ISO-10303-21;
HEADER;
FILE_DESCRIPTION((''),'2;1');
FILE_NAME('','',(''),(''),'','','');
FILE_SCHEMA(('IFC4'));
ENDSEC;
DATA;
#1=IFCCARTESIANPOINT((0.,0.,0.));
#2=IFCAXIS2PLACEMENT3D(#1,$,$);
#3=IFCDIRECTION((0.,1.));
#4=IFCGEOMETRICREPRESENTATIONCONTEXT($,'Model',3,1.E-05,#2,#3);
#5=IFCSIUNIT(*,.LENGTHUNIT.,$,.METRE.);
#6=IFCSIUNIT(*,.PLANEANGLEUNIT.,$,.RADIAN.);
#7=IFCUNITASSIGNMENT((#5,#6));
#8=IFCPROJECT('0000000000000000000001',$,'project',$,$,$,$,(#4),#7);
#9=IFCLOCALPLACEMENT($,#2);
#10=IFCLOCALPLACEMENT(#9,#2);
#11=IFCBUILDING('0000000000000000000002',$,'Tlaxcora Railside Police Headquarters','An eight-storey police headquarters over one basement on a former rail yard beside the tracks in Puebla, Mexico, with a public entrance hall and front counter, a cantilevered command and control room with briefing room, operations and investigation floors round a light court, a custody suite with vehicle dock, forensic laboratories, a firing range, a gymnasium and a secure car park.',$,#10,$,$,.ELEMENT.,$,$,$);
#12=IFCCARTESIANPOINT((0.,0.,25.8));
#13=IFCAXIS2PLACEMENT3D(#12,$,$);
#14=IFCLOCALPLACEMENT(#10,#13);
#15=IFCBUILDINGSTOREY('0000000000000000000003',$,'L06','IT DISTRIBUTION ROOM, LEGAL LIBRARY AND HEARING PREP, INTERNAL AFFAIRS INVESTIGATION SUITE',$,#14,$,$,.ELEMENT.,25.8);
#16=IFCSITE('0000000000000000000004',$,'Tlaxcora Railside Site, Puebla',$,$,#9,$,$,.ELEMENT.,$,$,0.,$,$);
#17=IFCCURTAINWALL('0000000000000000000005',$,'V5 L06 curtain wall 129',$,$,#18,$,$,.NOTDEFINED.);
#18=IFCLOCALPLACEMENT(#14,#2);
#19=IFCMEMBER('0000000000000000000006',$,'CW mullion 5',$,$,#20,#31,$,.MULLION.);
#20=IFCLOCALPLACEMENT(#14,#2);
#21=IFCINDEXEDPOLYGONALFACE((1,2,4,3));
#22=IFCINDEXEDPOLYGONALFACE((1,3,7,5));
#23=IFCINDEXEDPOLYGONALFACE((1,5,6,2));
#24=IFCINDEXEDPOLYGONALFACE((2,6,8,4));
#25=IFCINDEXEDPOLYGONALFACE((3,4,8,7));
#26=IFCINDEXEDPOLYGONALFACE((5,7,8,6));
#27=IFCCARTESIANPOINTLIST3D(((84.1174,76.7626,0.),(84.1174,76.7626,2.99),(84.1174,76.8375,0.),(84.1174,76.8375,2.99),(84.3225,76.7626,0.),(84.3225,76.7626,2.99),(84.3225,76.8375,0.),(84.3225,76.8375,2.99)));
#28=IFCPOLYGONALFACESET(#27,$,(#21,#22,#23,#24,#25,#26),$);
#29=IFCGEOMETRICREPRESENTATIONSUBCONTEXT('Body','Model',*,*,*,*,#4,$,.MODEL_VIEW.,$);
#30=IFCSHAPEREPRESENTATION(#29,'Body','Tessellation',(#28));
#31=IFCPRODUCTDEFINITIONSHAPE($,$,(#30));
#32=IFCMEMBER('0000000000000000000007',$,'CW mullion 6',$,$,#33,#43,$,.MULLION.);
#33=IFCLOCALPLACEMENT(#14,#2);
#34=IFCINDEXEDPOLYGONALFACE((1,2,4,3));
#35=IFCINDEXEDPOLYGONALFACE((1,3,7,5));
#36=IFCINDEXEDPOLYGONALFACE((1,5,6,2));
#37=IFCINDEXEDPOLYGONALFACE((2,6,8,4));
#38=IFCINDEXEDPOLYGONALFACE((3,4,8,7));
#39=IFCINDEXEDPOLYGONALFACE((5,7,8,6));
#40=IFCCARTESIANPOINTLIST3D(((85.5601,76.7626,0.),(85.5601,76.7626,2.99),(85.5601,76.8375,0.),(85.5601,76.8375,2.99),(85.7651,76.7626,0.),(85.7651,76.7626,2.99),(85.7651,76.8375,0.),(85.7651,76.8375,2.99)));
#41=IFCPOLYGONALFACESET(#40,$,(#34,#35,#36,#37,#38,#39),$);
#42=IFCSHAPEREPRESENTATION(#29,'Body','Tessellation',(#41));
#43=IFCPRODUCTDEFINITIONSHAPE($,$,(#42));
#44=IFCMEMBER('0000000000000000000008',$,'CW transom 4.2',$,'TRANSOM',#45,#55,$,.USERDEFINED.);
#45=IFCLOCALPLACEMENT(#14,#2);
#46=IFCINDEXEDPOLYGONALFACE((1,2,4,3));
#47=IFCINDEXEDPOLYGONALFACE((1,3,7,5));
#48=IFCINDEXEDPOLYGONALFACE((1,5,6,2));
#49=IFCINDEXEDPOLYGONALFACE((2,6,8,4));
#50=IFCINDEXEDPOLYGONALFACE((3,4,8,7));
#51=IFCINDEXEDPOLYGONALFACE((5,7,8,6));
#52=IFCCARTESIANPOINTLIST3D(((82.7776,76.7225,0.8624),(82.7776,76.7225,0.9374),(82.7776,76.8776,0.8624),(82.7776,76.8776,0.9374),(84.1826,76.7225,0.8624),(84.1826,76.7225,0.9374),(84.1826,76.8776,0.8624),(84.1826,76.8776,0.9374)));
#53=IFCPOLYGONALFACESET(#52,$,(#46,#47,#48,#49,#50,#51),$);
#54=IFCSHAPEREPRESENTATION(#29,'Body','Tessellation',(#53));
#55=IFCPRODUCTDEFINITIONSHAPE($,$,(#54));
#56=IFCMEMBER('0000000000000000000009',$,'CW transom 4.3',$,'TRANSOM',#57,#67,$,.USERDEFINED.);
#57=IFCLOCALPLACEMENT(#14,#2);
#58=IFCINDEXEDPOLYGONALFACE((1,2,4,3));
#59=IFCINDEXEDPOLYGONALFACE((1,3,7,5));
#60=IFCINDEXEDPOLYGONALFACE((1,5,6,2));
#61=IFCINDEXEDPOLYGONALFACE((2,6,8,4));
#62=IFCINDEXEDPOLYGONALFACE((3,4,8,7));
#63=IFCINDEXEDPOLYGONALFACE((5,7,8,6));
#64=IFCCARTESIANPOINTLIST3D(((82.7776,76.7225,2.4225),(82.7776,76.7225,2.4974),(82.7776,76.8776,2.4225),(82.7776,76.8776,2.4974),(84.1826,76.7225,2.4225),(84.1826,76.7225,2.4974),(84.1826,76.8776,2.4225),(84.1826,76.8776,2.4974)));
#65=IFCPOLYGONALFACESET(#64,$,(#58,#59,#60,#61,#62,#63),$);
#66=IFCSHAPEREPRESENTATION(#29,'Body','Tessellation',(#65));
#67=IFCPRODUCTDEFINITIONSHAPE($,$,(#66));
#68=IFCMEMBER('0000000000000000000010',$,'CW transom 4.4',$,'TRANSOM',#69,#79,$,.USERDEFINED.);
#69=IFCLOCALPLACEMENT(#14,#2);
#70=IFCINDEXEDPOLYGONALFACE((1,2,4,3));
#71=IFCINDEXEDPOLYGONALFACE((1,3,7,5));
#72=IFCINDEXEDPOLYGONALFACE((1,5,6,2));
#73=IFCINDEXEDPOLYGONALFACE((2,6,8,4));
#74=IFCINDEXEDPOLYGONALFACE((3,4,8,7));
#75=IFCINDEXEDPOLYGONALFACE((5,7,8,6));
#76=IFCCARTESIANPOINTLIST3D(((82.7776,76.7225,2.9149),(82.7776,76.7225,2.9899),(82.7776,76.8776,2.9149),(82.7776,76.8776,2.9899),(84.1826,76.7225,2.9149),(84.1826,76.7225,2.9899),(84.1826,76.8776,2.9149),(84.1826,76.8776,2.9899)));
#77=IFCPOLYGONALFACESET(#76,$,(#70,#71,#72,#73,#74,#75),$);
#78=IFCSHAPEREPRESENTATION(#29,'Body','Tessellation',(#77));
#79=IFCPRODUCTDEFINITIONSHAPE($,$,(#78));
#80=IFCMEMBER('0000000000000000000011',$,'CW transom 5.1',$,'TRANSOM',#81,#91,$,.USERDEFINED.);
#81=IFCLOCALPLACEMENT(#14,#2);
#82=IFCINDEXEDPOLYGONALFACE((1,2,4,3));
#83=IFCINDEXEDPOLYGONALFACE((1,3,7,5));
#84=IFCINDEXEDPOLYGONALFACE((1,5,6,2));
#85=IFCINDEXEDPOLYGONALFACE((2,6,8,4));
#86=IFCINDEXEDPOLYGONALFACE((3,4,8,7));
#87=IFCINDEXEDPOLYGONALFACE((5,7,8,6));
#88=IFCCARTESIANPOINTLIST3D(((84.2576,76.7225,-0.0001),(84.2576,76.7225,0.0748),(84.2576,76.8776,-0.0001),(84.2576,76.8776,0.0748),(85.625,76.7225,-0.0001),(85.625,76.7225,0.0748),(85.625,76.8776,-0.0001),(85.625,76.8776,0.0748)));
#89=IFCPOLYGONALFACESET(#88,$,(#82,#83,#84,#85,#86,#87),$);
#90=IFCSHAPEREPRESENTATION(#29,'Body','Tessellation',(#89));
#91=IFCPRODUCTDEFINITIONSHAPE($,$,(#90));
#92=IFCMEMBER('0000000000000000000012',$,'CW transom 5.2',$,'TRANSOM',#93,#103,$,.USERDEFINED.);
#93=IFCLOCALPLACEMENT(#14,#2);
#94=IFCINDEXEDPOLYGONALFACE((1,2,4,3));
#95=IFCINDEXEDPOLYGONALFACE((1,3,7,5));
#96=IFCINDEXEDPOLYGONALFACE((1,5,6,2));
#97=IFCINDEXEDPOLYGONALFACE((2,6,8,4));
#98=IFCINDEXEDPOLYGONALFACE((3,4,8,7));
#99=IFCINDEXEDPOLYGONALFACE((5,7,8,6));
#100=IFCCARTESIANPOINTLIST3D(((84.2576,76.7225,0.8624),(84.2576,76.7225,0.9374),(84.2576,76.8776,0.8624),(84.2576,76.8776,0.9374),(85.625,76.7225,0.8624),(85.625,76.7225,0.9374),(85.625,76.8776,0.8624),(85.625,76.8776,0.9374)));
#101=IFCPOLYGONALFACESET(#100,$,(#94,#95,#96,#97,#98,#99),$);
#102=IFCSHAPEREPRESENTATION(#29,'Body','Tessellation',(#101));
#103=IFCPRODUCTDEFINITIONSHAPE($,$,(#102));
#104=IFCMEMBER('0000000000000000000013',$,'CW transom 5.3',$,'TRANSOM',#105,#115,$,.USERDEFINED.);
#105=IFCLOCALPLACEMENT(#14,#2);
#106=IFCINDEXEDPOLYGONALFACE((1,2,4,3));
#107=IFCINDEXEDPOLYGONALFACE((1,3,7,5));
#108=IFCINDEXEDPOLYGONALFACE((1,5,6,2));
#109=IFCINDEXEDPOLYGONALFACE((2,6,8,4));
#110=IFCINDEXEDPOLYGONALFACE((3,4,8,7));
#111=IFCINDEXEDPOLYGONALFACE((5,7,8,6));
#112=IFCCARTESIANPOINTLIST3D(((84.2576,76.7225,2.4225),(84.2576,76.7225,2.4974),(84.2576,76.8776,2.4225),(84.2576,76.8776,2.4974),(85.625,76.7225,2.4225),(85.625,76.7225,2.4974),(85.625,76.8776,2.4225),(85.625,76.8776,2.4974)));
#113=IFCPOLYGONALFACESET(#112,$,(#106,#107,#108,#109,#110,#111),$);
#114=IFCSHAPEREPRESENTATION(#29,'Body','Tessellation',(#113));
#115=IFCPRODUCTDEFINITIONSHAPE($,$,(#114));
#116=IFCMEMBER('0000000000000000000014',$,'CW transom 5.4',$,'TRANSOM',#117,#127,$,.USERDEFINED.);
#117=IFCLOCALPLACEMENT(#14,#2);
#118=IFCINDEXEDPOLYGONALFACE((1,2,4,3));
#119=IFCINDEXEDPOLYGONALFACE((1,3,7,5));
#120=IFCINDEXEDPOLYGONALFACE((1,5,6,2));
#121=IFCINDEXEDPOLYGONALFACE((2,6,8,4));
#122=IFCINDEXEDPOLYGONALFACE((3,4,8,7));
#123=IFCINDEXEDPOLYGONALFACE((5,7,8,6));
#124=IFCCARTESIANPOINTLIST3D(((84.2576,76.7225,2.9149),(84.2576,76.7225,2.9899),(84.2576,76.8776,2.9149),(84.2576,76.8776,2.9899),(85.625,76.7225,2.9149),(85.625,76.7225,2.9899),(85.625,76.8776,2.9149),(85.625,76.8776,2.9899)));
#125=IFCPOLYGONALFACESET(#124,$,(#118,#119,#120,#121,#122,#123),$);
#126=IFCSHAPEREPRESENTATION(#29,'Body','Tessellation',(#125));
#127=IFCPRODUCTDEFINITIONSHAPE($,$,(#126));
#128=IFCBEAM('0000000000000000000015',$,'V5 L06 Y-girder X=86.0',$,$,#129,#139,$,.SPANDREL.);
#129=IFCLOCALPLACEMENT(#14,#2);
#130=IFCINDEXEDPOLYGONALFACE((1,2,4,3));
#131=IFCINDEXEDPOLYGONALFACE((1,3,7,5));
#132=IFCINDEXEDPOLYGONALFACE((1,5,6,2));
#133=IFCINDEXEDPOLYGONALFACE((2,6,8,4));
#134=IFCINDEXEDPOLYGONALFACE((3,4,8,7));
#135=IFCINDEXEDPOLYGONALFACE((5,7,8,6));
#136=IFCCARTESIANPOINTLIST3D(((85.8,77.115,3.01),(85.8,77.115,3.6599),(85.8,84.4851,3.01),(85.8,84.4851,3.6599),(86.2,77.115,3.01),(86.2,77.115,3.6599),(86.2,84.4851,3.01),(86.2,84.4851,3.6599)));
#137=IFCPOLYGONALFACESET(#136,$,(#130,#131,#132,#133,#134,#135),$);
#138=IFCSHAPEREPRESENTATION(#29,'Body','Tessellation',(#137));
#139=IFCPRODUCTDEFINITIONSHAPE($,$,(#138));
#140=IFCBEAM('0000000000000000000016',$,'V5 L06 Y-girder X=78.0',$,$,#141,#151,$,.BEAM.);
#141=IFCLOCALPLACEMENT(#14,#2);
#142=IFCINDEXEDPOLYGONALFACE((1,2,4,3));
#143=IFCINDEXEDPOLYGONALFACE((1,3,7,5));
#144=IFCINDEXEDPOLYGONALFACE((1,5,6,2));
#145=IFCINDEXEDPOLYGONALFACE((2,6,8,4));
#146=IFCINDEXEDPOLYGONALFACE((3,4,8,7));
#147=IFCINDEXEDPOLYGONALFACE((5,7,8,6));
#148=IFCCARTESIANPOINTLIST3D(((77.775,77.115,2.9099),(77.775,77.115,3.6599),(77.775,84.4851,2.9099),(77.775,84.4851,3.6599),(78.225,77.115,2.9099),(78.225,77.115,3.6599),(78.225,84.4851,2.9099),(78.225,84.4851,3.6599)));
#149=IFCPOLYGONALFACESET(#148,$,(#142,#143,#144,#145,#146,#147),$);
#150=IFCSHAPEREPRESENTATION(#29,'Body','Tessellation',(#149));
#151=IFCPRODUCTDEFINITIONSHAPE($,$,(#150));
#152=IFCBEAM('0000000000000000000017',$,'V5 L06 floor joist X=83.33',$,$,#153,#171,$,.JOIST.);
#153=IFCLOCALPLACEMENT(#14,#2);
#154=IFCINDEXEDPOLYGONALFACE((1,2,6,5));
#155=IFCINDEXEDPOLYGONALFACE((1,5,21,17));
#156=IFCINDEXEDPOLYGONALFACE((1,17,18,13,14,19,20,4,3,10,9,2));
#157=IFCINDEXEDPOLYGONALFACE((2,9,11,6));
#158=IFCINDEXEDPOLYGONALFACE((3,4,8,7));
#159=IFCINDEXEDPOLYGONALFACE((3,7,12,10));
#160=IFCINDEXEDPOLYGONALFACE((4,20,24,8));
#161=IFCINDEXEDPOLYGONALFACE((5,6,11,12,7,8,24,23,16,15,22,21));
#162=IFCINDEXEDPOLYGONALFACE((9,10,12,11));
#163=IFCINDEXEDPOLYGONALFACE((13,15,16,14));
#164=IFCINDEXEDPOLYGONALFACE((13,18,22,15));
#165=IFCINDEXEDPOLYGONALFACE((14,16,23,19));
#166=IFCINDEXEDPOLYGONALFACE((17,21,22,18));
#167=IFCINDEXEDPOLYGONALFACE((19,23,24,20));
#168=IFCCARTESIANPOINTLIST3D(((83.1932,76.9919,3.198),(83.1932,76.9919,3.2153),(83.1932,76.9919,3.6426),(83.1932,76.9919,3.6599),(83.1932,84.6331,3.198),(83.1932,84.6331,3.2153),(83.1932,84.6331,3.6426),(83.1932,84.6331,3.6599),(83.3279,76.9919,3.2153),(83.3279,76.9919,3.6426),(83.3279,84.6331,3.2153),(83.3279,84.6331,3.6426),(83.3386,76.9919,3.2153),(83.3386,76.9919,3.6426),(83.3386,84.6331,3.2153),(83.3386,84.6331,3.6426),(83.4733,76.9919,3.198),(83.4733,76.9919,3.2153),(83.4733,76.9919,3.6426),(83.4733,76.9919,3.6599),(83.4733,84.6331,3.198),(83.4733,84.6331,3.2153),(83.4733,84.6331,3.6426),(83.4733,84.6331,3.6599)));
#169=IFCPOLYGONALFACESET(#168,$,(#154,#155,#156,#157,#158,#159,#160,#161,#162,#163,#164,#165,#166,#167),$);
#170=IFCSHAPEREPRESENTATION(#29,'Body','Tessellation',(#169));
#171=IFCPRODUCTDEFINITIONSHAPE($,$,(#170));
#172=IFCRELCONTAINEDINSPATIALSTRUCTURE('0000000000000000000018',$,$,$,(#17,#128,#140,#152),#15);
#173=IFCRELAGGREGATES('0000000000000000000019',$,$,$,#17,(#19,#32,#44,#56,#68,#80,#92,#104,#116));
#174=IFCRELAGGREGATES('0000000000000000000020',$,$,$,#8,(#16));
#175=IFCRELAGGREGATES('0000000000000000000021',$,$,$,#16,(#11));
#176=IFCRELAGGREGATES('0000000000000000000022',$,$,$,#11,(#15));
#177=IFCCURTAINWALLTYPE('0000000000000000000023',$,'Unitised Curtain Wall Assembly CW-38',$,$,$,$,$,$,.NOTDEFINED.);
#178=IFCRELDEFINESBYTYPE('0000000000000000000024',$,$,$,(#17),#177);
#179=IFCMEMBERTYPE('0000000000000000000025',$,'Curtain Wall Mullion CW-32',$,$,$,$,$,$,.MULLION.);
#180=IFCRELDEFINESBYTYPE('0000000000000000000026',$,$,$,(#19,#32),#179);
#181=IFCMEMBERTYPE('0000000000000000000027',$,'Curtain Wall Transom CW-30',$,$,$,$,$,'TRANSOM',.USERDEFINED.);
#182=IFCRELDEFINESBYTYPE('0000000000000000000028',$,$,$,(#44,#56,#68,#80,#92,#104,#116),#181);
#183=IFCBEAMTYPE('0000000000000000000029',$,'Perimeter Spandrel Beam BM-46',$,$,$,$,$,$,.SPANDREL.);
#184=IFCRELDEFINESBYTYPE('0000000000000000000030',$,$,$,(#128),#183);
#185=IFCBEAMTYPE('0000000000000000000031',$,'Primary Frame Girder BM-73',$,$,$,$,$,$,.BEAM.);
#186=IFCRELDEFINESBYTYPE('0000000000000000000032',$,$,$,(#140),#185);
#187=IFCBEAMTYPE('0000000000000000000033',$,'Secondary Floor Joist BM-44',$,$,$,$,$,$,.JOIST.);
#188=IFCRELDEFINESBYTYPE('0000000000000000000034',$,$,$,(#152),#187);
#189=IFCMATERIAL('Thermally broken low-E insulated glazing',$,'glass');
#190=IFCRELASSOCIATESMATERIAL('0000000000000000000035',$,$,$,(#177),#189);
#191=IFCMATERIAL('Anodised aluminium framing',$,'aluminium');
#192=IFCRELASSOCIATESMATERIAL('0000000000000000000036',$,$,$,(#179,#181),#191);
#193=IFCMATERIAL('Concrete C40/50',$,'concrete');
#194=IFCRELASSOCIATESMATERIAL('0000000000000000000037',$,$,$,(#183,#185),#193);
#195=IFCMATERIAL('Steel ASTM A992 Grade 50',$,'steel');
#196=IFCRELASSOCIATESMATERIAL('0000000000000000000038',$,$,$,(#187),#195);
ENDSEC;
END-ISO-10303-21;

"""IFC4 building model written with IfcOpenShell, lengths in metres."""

from ifc_helpers import new_model, si_unit, direction, frame, origin, origin_2d, place, context, subcontext, project, spatial, rectangle, i_section, extrude, material, material_profile, profile_set, type_object, element, aggregate, save


model = new_model("IFC4")

# Units and contexts
model_context = context("Model", 3, precision=1e-05, world=origin(), true_north=direction((0.0, 1.0)))
body_context = subcontext(model_context, "Body", "Model", "MODEL_VIEW")
ifc_project = project(units=[si_unit("LENGTHUNIT", "METRE"), si_unit("PLANEANGLEUNIT", "RADIAN")], contexts=[model_context])

# Site, building, storey
site_placement = place(None, origin())
site = spatial("IfcSite", under=ifc_project, at=site_placement, Name="Tlaxcora Railside Site, Puebla", CompositionType="ELEMENT", RefElevation=0.0)
building_placement = place(site_placement, origin())
building = spatial("IfcBuilding", under=site, at=building_placement, Name="Tlaxcora Railside Police Headquarters", Description="An eight-storey police headquarters over one basement on a former rail yard beside the tracks in Puebla, Mexico, with a public entrance hall and front counter, a cantilevered command and control room with briefing room, operations and investigation floors round a light court, a custody suite with vehicle dock, forensic laboratories, a firing range, a gymnasium and a secure car park.", CompositionType="ELEMENT")
storey_placement = place(building_placement, frame((0.0, 0.0, 25.8)))
storey = spatial("IfcBuildingStorey", under=building, at=storey_placement, Name="L06", Description="IT DISTRIBUTION ROOM, LEGAL LIBRARY AND HEARING PREP, INTERNAL AFFAIRS INVESTIGATION SUITE", CompositionType="ELEMENT", Elevation=25.8)

# Curtain wall, members
ifc_material_1 = material(Name="Thermally broken low-E insulated glazing", Category="glass")
curtain_wall_type = type_object("IfcCurtainWallType", Name="Unitised Curtain Wall Assembly CW-38", PredefinedType="NOTDEFINED", material=ifc_material_1)
curtain_wall_placement = place(storey_placement, origin())
curtain_wall = element("IfcCurtainWall", 1, at=curtain_wall_placement, inside=storey, type_object=curtain_wall_type, Name="V5 L06 curtain wall 129", PredefinedType="NOTDEFINED")
ifc_material_2 = material(Name="Anodised aluminium framing", Category="aluminium")
ifc_material_profile_1 = material_profile(ifc_material_2, rectangle(XDim=0.075, YDim=0.2051, at=origin_2d()), Name="AL75X205")
ifc_profile_set_1 = profile_set([ifc_material_profile_1], Name="Anodised aluminium framing")
member_type_1 = type_object("IfcMemberType", Name="Curtain Wall Mullion CW-32", PredefinedType="MULLION", material=ifc_profile_set_1)
member_1_placement = place(storey_placement, frame((84.22, 76.8, 0.0), z_axis=(0.0, 0.0, 1.0), x_axis=(0.0, 1.0, 0.0)))
member_1 = element("IfcMember", 2, at=member_1_placement, type_object=member_type_1, Name="CW mullion 5", PredefinedType="MULLION", context=body_context, shape_type="SweptSolid", body=[
    extrude(rectangle(XDim=0.075, YDim=0.2051, at=origin_2d()), origin(), (0.0, 0.0, 1.0), 2.99),
])
member_2_placement = place(storey_placement, frame((85.6626, 76.8, 0.0), z_axis=(0.0, 0.0, 1.0), x_axis=(0.0, 1.0, 0.0)))
member_2 = element("IfcMember", 3, at=member_2_placement, type_object=member_type_1, Name="CW mullion 6", PredefinedType="MULLION", context=body_context, shape_type="SweptSolid", body=[
    extrude(rectangle(XDim=0.075, YDim=0.2051, at=origin_2d()), origin(), (0.0, 0.0, 1.0), 2.99),
])
ifc_material_profile_2 = material_profile(ifc_material_2, rectangle(XDim=0.155, YDim=0.075, at=origin_2d()), Name="AL75X155")
ifc_profile_set_2 = profile_set([ifc_material_profile_2], Name="Anodised aluminium framing")
member_type_2 = type_object("IfcMemberType", Name="Curtain Wall Transom CW-30", ElementType="TRANSOM", PredefinedType="USERDEFINED", material=ifc_profile_set_2)
member_3_placement = place(storey_placement, frame((82.7776, 76.8, 0.8999), z_axis=(1.0, 0.0, 0.0), x_axis=(0.0, 1.0, 0.0)))
member_3 = element("IfcMember", 4, at=member_3_placement, type_object=member_type_2, Name="CW transom 4.2", ObjectType="TRANSOM", PredefinedType="USERDEFINED", context=body_context, shape_type="SweptSolid", body=[
    extrude(rectangle(XDim=0.155, YDim=0.075, at=origin_2d()), origin(), (0.0, 0.0, 1.0), 1.405),
])
member_4_placement = place(storey_placement, frame((82.7776, 76.8, 2.46), z_axis=(1.0, 0.0, 0.0), x_axis=(0.0, 1.0, 0.0)))
member_4 = element("IfcMember", 5, at=member_4_placement, type_object=member_type_2, Name="CW transom 4.3", ObjectType="TRANSOM", PredefinedType="USERDEFINED", context=body_context, shape_type="SweptSolid", body=[
    extrude(rectangle(XDim=0.155, YDim=0.075, at=origin_2d()), origin(), (0.0, 0.0, 1.0), 1.405),
])
member_5_placement = place(storey_placement, frame((82.7776, 76.8, 2.9524), z_axis=(1.0, 0.0, 0.0), x_axis=(0.0, 1.0, 0.0)))
member_5 = element("IfcMember", 6, at=member_5_placement, type_object=member_type_2, Name="CW transom 4.4", ObjectType="TRANSOM", PredefinedType="USERDEFINED", context=body_context, shape_type="SweptSolid", body=[
    extrude(rectangle(XDim=0.155, YDim=0.075, at=origin_2d()), origin(), (0.0, 0.0, 1.0), 1.405),
])
member_6_placement = place(storey_placement, frame((84.2576, 76.8, 0.0374), z_axis=(1.0, 0.0, 0.0), x_axis=(0.0, 1.0, 0.0)))
member_6 = element("IfcMember", 7, at=member_6_placement, type_object=member_type_2, Name="CW transom 5.1", ObjectType="TRANSOM", PredefinedType="USERDEFINED", context=body_context, shape_type="SweptSolid", body=[
    extrude(rectangle(XDim=0.155, YDim=0.075, at=origin_2d()), origin(), (0.0, 0.0, 1.0), 1.3674),
])
member_7_placement = place(storey_placement, frame((84.2576, 76.8, 0.8999), z_axis=(1.0, 0.0, 0.0), x_axis=(0.0, 1.0, 0.0)))
member_7 = element("IfcMember", 8, at=member_7_placement, type_object=member_type_2, Name="CW transom 5.2", ObjectType="TRANSOM", PredefinedType="USERDEFINED", context=body_context, shape_type="SweptSolid", body=[
    extrude(rectangle(XDim=0.155, YDim=0.075, at=origin_2d()), origin(), (0.0, 0.0, 1.0), 1.3674),
])
member_8_placement = place(storey_placement, frame((84.2576, 76.8, 2.46), z_axis=(1.0, 0.0, 0.0), x_axis=(0.0, 1.0, 0.0)))
member_8 = element("IfcMember", 9, at=member_8_placement, type_object=member_type_2, Name="CW transom 5.3", ObjectType="TRANSOM", PredefinedType="USERDEFINED", context=body_context, shape_type="SweptSolid", body=[
    extrude(rectangle(XDim=0.155, YDim=0.075, at=origin_2d()), origin(), (0.0, 0.0, 1.0), 1.3674),
])
member_9_placement = place(storey_placement, frame((84.2576, 76.8, 2.9524), z_axis=(1.0, 0.0, 0.0), x_axis=(0.0, 1.0, 0.0)))
member_9 = element("IfcMember", 10, at=member_9_placement, type_object=member_type_2, Name="CW transom 5.4", ObjectType="TRANSOM", PredefinedType="USERDEFINED", context=body_context, shape_type="SweptSolid", body=[
    extrude(rectangle(XDim=0.155, YDim=0.075, at=origin_2d()), origin(), (0.0, 0.0, 1.0), 1.3674),
])

# Beams
ifc_material_3 = material(Name="Concrete C40/50", Category="concrete")
ifc_material_profile_3 = material_profile(ifc_material_3, rectangle(XDim=0.3999, YDim=0.6499, at=origin_2d()), Name="RC400X650")
ifc_profile_set_3 = profile_set([ifc_material_profile_3], Name="Concrete C40/50")
beam_type_1 = type_object("IfcBeamType", Name="Perimeter Spandrel Beam BM-46", PredefinedType="SPANDREL", material=ifc_profile_set_3)
beam_1_placement = place(storey_placement, frame((86.0, 77.115, 3.335), z_axis=(0.0, 1.0, 0.0), x_axis=(-1.0, 0.0, 0.0)))
element("IfcBeam", 11, at=beam_1_placement, inside=storey, type_object=beam_type_1, Name="V5 L06 Y-girder X=86.0", PredefinedType="SPANDREL", context=body_context, shape_type="SweptSolid", body=[
    extrude(rectangle(XDim=0.3999, YDim=0.6499, at=origin_2d()), origin(), (0.0, 0.0, 1.0), 7.3701),
])
ifc_material_profile_4 = material_profile(ifc_material_3, rectangle(XDim=0.45, YDim=0.75, at=origin_2d()), Name="RC450X750")
ifc_profile_set_4 = profile_set([ifc_material_profile_4], Name="Concrete C40/50")
beam_type_2 = type_object("IfcBeamType", Name="Primary Frame Girder BM-73", PredefinedType="BEAM", material=ifc_profile_set_4)
beam_2_placement = place(storey_placement, frame((78.0, 77.115, 3.2849), z_axis=(0.0, 1.0, 0.0), x_axis=(-1.0, 0.0, 0.0)))
element("IfcBeam", 12, at=beam_2_placement, inside=storey, type_object=beam_type_2, Name="V5 L06 Y-girder X=78.0", PredefinedType="BEAM", context=body_context, shape_type="SweptSolid", body=[
    extrude(rectangle(XDim=0.45, YDim=0.75, at=origin_2d()), origin(), (0.0, 0.0, 1.0), 7.3701),
])
ifc_material_4 = material(Name="Steel ASTM A992 Grade 50", Category="steel")
ifc_material_profile_5 = material_profile(ifc_material_4, i_section(OverallWidth=0.28, OverallDepth=0.4619, WebThickness=0.0107, FlangeThickness=0.0173, at=origin_2d()), Name="W18X76")
ifc_profile_set_5 = profile_set([ifc_material_profile_5], Name="Steel ASTM A992 Grade 50")
beam_type_3 = type_object("IfcBeamType", Name="Secondary Floor Joist BM-44", PredefinedType="JOIST", material=ifc_profile_set_5)
beam_3_placement = place(storey_placement, frame((83.3333, 76.9919, 3.429), z_axis=(0.0, 1.0, 0.0), x_axis=(-1.0, 0.0, 0.0)))
element("IfcBeam", 13, at=beam_3_placement, inside=storey, type_object=beam_type_3, Name="V5 L06 floor joist X=83.33", PredefinedType="JOIST", context=body_context, shape_type="SweptSolid", body=[
    extrude(i_section(OverallWidth=0.28, OverallDepth=0.4619, WebThickness=0.0107, FlangeThickness=0.0173, at=origin_2d()), origin(), (0.0, 0.0, 1.0), 7.6411),
])

aggregate(curtain_wall, [member_1, member_2, member_3, member_4, member_5, member_6, member_7, member_8, member_9])

save(model, "model.ifc")
